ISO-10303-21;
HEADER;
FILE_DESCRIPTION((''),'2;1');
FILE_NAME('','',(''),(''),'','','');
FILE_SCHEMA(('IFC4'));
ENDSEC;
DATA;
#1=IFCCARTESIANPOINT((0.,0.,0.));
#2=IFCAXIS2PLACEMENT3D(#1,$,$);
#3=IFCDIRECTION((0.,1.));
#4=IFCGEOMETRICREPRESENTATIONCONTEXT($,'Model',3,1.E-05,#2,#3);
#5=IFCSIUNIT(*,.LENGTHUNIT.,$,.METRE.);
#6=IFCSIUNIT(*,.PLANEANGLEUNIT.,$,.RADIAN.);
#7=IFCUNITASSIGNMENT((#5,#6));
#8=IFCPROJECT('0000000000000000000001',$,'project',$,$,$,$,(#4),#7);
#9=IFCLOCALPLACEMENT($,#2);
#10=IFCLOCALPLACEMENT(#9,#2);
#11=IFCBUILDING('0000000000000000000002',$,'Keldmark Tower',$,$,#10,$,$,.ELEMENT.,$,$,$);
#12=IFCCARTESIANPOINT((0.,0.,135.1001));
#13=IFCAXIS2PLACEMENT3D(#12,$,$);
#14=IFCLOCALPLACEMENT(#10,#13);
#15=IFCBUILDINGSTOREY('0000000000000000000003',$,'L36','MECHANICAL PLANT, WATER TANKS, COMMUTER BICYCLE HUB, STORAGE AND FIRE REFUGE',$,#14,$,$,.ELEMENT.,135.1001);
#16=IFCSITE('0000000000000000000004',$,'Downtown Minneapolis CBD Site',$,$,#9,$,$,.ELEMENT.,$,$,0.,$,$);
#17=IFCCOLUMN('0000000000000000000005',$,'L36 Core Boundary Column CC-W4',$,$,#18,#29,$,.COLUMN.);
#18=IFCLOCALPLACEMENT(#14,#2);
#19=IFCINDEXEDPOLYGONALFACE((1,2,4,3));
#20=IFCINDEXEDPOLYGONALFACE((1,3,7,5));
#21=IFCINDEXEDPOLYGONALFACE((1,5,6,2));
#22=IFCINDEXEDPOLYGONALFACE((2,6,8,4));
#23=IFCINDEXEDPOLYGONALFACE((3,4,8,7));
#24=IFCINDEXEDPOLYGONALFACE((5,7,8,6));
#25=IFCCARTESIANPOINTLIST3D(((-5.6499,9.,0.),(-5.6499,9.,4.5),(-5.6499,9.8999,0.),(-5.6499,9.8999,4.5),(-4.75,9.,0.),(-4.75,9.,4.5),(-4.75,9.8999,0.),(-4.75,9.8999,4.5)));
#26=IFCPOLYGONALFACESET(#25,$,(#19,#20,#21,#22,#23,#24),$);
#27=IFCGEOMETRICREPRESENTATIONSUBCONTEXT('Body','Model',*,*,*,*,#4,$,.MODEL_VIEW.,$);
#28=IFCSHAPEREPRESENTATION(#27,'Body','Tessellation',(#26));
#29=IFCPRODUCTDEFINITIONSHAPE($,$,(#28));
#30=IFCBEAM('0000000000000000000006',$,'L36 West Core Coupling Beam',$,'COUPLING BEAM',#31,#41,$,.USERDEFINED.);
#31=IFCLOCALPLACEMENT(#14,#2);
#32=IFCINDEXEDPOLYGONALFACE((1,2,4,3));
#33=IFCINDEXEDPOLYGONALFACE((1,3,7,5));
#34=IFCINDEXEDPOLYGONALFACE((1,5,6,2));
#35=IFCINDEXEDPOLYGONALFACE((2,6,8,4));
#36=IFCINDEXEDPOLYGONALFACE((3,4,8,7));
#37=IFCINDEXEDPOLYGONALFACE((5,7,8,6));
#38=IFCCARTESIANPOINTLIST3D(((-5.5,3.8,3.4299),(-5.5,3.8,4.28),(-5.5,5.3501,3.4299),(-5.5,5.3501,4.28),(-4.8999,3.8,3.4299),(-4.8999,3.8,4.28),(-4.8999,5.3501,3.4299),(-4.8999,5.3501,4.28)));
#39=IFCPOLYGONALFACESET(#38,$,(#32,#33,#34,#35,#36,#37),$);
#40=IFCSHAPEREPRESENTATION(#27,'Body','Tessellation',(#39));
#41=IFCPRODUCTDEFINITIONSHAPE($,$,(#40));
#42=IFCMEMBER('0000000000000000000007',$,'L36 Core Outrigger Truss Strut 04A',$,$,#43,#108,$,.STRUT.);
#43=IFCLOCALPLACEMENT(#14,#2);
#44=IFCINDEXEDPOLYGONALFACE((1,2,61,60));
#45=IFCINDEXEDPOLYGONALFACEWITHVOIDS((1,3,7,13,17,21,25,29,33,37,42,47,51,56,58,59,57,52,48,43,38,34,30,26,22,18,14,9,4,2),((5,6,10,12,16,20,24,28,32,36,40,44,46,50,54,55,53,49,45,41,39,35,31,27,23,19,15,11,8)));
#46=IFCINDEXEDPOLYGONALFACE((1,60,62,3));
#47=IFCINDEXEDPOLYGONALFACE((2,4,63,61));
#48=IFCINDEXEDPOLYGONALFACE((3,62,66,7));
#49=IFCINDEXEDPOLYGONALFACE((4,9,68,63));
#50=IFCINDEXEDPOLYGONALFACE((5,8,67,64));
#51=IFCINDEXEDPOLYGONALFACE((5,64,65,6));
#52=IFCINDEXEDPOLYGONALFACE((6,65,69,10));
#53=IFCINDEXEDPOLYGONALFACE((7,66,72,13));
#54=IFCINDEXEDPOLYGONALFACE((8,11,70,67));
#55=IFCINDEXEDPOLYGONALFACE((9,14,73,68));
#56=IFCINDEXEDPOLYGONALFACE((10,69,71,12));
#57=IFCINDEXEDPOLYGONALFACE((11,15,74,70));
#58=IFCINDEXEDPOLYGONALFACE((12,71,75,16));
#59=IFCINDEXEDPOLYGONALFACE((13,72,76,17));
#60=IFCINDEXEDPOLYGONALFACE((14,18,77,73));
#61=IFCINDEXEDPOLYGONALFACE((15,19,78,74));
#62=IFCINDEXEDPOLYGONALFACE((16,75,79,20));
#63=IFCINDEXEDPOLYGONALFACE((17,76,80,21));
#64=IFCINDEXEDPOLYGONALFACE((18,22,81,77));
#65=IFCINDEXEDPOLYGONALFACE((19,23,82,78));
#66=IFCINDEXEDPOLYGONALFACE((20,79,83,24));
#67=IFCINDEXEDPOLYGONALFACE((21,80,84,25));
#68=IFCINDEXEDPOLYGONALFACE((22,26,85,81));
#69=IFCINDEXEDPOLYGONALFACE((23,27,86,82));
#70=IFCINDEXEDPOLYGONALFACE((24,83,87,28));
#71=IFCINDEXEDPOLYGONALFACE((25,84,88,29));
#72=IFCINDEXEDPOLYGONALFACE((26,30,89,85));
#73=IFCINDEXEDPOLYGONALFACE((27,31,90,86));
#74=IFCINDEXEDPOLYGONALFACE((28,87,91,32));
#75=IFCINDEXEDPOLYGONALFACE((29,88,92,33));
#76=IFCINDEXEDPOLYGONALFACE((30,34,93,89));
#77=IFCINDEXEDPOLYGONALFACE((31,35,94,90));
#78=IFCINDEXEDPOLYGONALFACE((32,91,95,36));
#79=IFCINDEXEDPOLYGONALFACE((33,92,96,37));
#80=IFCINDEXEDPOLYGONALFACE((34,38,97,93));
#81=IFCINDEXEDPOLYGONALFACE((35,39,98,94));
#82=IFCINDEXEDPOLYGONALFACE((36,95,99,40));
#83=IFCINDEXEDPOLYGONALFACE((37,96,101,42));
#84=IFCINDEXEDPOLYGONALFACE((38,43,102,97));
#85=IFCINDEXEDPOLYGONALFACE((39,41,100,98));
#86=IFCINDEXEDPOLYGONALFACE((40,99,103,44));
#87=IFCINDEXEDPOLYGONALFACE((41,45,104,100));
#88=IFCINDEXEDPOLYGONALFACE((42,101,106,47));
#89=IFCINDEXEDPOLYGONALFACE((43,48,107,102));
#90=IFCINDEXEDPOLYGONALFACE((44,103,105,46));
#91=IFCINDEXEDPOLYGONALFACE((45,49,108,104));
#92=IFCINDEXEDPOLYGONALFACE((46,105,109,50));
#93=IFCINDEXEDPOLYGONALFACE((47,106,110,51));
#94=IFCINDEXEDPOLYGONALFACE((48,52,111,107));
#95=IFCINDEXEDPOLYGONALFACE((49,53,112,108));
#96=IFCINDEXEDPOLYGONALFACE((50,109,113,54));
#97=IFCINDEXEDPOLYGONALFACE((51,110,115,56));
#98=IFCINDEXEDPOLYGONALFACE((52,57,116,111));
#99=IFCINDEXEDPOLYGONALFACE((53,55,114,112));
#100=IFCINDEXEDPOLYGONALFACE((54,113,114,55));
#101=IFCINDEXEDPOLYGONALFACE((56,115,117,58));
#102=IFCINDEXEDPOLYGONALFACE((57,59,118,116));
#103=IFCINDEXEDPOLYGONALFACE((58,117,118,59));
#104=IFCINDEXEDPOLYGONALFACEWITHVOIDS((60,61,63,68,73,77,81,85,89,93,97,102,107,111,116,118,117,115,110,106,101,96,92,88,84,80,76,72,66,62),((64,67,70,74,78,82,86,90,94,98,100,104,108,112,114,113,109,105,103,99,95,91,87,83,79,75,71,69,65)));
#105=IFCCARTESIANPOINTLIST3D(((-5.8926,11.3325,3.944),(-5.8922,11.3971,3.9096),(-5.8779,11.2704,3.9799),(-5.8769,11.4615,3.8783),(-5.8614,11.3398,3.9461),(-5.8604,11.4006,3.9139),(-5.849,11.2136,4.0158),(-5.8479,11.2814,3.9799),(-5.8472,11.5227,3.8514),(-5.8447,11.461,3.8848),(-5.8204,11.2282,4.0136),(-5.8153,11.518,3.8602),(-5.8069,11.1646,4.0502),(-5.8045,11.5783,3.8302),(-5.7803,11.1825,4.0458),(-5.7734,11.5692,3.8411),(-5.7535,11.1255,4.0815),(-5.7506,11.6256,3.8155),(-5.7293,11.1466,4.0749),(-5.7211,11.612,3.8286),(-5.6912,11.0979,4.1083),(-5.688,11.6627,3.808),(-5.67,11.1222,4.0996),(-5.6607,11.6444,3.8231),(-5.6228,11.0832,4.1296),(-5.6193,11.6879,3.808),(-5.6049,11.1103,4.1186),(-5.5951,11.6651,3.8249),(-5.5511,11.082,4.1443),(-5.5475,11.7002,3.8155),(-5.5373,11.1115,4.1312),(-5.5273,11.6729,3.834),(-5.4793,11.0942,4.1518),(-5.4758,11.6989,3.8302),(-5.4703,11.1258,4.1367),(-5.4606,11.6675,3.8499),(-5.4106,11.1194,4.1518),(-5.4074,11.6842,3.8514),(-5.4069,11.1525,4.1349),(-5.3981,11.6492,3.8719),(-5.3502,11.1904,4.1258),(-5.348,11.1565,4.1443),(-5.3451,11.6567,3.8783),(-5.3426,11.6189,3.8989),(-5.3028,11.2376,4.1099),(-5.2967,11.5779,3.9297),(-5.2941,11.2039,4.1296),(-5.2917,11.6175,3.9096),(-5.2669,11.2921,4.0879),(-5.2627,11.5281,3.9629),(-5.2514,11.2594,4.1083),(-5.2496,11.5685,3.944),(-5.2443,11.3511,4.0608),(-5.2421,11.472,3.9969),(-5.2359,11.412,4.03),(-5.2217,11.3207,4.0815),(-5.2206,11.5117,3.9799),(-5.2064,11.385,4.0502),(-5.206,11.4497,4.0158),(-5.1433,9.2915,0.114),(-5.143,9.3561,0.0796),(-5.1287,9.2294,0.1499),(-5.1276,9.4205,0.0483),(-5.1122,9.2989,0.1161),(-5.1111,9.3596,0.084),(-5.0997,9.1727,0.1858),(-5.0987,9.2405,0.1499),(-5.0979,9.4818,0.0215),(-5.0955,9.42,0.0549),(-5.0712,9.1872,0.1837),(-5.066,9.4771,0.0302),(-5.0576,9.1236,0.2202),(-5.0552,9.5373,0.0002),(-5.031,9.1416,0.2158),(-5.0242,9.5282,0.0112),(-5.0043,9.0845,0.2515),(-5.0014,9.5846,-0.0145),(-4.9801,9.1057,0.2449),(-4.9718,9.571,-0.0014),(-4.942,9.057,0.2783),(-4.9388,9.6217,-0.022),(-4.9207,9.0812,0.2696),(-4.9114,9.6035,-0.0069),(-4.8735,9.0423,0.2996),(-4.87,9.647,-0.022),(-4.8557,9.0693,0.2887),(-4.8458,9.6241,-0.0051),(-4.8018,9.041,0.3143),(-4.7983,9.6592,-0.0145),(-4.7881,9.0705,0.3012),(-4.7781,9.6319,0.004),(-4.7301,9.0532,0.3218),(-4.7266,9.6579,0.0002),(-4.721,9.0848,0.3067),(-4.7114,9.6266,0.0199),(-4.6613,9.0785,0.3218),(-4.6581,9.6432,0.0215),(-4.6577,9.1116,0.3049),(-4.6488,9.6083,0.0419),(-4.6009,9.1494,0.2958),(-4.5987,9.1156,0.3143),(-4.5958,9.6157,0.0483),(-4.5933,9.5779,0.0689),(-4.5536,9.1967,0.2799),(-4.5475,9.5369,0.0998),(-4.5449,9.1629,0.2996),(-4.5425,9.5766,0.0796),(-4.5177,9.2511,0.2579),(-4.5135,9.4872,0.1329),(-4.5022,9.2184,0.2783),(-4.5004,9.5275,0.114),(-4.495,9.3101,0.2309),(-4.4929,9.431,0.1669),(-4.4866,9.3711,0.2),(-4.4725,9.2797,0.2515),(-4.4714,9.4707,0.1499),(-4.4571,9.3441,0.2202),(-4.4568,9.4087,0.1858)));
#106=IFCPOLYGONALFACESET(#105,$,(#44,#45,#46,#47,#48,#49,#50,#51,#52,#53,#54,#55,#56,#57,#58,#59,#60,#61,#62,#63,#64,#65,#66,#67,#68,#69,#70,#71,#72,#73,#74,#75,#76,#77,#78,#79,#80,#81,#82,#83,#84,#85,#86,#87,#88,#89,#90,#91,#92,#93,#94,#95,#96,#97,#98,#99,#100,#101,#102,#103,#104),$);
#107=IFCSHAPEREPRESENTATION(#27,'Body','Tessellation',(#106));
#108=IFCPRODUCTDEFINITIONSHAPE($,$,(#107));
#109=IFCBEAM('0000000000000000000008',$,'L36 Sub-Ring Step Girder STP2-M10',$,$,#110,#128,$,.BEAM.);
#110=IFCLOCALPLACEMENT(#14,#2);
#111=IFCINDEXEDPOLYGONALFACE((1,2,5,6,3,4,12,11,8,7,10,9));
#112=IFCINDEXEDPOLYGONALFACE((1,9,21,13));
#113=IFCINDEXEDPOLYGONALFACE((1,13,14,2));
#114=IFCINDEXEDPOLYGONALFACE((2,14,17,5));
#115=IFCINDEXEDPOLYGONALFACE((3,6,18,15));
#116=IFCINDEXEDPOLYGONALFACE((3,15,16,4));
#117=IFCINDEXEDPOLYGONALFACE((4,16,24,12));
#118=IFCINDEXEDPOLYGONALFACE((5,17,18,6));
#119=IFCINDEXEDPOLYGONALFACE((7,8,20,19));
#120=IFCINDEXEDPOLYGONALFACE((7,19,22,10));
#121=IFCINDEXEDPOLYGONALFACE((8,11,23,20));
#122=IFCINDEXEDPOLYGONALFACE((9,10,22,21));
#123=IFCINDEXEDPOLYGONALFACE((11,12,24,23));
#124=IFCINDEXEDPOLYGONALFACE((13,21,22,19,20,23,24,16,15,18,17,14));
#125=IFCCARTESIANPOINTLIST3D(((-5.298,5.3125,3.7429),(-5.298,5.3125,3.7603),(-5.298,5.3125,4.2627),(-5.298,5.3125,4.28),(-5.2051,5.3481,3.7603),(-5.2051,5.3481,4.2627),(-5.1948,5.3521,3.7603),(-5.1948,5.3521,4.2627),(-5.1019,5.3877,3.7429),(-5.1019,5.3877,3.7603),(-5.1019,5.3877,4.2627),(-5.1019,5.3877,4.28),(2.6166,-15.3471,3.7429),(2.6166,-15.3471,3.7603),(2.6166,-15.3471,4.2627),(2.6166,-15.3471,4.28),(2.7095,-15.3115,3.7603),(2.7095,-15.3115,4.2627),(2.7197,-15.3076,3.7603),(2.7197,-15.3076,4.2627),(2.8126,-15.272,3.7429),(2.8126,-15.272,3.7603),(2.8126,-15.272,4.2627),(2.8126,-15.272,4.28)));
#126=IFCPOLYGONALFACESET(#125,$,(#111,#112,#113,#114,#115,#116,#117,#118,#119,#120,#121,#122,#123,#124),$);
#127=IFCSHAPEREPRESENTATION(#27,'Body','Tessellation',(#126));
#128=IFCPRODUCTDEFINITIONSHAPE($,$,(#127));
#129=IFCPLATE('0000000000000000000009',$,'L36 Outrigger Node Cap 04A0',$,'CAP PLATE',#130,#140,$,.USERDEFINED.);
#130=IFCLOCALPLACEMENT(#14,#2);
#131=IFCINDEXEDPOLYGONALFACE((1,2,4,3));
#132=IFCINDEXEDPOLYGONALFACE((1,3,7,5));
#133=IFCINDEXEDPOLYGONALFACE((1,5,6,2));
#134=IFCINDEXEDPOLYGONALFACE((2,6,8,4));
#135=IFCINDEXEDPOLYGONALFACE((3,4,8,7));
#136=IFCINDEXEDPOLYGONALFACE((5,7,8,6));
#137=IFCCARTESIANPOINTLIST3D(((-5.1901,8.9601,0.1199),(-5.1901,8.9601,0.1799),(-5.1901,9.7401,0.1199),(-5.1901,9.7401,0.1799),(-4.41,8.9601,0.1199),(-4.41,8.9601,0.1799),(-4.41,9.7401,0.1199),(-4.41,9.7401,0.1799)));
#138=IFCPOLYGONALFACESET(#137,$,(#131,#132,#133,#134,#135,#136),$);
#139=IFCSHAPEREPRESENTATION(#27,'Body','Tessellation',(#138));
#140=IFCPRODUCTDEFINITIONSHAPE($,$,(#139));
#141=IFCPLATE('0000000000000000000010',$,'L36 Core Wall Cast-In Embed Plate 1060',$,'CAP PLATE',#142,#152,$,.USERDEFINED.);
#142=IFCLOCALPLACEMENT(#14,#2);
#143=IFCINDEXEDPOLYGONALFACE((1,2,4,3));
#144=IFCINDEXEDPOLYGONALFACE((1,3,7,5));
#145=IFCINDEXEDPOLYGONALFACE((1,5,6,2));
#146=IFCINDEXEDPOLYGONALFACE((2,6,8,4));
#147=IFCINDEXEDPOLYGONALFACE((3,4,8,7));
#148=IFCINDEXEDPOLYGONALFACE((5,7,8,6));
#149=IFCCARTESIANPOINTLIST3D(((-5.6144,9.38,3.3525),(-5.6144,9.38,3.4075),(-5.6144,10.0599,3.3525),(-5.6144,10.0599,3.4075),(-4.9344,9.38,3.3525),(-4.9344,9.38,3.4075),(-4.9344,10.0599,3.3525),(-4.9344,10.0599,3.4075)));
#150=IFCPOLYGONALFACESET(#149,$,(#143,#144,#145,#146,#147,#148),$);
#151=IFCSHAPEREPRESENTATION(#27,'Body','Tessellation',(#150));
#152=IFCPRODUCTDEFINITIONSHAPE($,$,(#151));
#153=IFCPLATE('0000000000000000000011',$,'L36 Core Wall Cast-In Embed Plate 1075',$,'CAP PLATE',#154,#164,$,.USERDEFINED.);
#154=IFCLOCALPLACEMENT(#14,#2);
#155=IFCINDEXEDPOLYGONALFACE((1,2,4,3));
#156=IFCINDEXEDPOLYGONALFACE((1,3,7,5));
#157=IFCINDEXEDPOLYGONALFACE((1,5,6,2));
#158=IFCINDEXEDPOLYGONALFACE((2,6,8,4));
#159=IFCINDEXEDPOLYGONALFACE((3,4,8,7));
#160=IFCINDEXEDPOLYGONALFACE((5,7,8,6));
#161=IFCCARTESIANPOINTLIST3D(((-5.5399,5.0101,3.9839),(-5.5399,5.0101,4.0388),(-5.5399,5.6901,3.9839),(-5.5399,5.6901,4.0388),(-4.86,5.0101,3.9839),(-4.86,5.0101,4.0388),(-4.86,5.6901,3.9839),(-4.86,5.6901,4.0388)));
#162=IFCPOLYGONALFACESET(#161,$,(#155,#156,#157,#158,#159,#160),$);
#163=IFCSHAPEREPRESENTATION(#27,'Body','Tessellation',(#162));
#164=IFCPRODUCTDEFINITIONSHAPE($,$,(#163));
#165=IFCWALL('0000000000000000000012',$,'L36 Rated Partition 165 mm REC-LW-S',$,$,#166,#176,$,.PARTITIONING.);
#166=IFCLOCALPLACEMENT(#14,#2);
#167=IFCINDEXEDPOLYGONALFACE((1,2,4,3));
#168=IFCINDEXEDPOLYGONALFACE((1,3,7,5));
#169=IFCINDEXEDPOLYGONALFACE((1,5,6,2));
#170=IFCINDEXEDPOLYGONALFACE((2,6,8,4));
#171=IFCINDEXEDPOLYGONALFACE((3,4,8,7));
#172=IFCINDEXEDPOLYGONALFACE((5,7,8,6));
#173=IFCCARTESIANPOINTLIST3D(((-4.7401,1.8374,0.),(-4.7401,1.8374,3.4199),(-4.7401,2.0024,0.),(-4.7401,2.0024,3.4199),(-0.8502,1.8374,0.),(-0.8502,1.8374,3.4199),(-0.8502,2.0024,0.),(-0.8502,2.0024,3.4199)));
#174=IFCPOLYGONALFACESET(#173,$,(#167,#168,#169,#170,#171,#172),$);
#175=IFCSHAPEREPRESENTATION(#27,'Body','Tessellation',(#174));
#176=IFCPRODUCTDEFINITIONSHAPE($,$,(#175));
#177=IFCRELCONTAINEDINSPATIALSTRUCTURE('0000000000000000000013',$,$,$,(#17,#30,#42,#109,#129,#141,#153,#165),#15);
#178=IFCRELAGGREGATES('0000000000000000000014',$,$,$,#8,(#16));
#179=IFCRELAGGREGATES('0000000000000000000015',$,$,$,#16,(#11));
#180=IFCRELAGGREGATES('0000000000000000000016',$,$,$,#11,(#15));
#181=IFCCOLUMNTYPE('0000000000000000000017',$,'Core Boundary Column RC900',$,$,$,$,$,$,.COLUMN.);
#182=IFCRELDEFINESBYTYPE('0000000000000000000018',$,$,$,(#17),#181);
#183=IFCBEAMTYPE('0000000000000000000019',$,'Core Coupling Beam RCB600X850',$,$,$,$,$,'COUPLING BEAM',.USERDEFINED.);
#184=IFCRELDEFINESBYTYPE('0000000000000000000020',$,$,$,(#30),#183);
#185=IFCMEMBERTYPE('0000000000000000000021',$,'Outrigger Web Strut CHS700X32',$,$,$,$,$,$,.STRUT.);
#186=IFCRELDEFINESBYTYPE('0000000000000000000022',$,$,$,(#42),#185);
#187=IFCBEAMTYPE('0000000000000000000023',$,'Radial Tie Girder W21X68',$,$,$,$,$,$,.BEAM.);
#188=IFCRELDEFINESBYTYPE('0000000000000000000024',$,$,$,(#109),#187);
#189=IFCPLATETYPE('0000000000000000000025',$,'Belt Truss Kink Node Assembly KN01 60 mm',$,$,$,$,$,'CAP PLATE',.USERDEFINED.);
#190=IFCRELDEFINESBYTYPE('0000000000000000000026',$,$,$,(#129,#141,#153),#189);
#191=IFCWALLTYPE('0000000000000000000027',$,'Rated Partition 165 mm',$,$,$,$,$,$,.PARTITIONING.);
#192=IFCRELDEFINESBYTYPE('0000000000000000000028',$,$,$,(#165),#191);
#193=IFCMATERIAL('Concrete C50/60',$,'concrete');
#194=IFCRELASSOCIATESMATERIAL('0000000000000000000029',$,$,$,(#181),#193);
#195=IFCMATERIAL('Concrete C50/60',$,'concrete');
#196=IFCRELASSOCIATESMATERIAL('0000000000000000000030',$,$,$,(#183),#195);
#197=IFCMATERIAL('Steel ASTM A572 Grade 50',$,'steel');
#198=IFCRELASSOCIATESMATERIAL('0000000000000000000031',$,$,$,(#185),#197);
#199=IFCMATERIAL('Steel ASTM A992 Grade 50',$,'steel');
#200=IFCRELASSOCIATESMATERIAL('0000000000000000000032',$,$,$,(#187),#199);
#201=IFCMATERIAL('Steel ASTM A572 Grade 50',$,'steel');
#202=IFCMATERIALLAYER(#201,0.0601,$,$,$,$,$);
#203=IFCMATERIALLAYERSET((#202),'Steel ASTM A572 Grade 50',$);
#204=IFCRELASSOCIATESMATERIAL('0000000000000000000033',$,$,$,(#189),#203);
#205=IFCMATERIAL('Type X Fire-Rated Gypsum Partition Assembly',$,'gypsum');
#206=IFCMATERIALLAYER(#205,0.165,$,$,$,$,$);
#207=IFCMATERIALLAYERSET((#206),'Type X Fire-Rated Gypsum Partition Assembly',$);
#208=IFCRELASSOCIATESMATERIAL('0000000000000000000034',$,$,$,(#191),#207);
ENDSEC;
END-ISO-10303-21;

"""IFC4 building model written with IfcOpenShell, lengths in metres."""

from ifc_helpers import new_model, si_unit, direction, frame, frame_2d, origin, origin_2d, place, context, subcontext, project, spatial, rectangle, hollow_circle, i_section, extrude, material, layer, layer_set, material_profile, profile_set, type_object, element, save


model = new_model("IFC4")

# Units and contexts
model_context = context("Model", 3, precision=1e-05, world=origin(), true_north=direction((0.0, 1.0)))
body_context = subcontext(model_context, "Body", "Model", "MODEL_VIEW")
ifc_project = project(units=[si_unit("LENGTHUNIT", "METRE"), si_unit("PLANEANGLEUNIT", "RADIAN")], contexts=[model_context])

# Site, building, storey
site_placement = place(None, origin())
site = spatial("IfcSite", under=ifc_project, at=site_placement, Name="Downtown Minneapolis CBD Site", CompositionType="ELEMENT", RefElevation=0.0)
building_placement = place(site_placement, origin())
building = spatial("IfcBuilding", under=site, at=building_placement, Name="Keldmark Tower", CompositionType="ELEMENT")
storey_placement = place(building_placement, frame((0.0, 0.0, 135.1001)))
storey = spatial("IfcBuildingStorey", under=building, at=storey_placement, Name="L36", Description="MECHANICAL PLANT, WATER TANKS, COMMUTER BICYCLE HUB, STORAGE AND FIRE REFUGE", CompositionType="ELEMENT", Elevation=135.1001)

# Column
ifc_material_1 = material(Name="Concrete C50/60", Category="concrete")
ifc_material_profile_1 = material_profile(ifc_material_1, rectangle(XDim=0.8999, YDim=0.8999, at=origin_2d()), Name="RC900X900")
ifc_profile_set_1 = profile_set([ifc_material_profile_1], Name="Concrete C50/60")
column_type = type_object("IfcColumnType", Name="Core Boundary Column RC900", PredefinedType="COLUMN", material=ifc_profile_set_1)
column_placement = place(storey_placement, frame((-5.2, 9.45, 0.0), z_axis=(0.0, 0.0, 1.0), x_axis=(1.0, 0.0, 0.0)))
element("IfcColumn", 1, at=column_placement, inside=storey, type_object=column_type, Name="L36 Core Boundary Column CC-W4", PredefinedType="COLUMN", context=body_context, shape_type="SweptSolid", body=[
    extrude(rectangle(XDim=0.8999, YDim=0.8999, at=origin_2d()), origin(), (0.0, 0.0, 1.0), 4.5),
])

# Beam
ifc_material_2 = material(Name="Concrete C50/60", Category="concrete")
ifc_material_profile_2 = material_profile(ifc_material_2, rectangle(XDim=0.6001, YDim=0.8501, at=origin_2d()), Name="RCB600X850")
ifc_profile_set_2 = profile_set([ifc_material_profile_2], Name="Concrete C50/60")
beam_type_1 = type_object("IfcBeamType", Name="Core Coupling Beam RCB600X850", ElementType="COUPLING BEAM", PredefinedType="USERDEFINED", material=ifc_profile_set_2)
beam_1_placement = place(storey_placement, frame((-5.2, 3.8, 3.855), z_axis=(0.0, 1.0, 0.0), x_axis=(-1.0, 0.0, 0.0)))
element("IfcBeam", 2, at=beam_1_placement, inside=storey, type_object=beam_type_1, Name="L36 West Core Coupling Beam", ObjectType="COUPLING BEAM", PredefinedType="USERDEFINED", context=body_context, shape_type="SweptSolid", body=[
    extrude(rectangle(XDim=0.6001, YDim=0.8501, at=origin_2d()), origin(), (0.0, 0.0, 1.0), 1.55),
])

# Member
ifc_material_3 = material(Name="Steel ASTM A572 Grade 50", Category="steel")
ifc_material_profile_3 = material_profile(ifc_material_3, hollow_circle(Radius=0.3501, WallThickness=0.032, at=origin_2d()), Name="CHS700X32")
ifc_profile_set_3 = profile_set([ifc_material_profile_3], Name="Steel ASTM A572 Grade 50")
member_type = type_object("IfcMemberType", Name="Outrigger Web Strut CHS700X32", PredefinedType="STRUT", material=ifc_profile_set_3)
member_placement = place(storey_placement, frame((-4.8, 9.3501, 0.1499), z_axis=(-0.170127, 0.463429, 0.86965), x_axis=(-0.938743, -0.344618, 0.0)))
element("IfcMember", 3, at=member_placement, inside=storey, type_object=member_type, Name="L36 Core Outrigger Truss Strut 04A", PredefinedType="STRUT", context=body_context, shape_type="SweptSolid", body=[
    extrude(hollow_circle(Radius=0.3501, WallThickness=0.032, at=origin_2d()), origin(), (0.0, 0.0, 1.0), 4.4041),
])

# Beam
ifc_material_4 = material(Name="Steel ASTM A992 Grade 50", Category="steel")
ifc_material_profile_4 = material_profile(ifc_material_4, i_section(OverallWidth=0.21, OverallDepth=0.5371, WebThickness=0.011, FlangeThickness=0.0173, at=origin_2d()), Name="W21X68")
ifc_profile_set_4 = profile_set([ifc_material_profile_4], Name="Steel ASTM A992 Grade 50")
beam_type_2 = type_object("IfcBeamType", Name="Radial Tie Girder W21X68", PredefinedType="BEAM", material=ifc_profile_set_4)
beam_2_placement = place(storey_placement, frame((-5.2, 5.3501, 4.0115), z_axis=(0.357739, -0.933821, 0.0), x_axis=(0.933821, 0.357739, 0.0)))
element("IfcBeam", 4, at=beam_2_placement, inside=storey, type_object=beam_type_2, Name="L36 Sub-Ring Step Girder STP2-M10", PredefinedType="BEAM", context=body_context, shape_type="SweptSolid", body=[
    extrude(i_section(OverallWidth=0.21, OverallDepth=0.5371, WebThickness=0.011, FlangeThickness=0.0173, at=origin_2d()), origin(), (0.0, 0.0, 1.0), 22.1238),
])

# Plates
ifc_material_5 = material(Name="Steel ASTM A572 Grade 50", Category="steel")
ifc_layer_1 = layer(ifc_material_5, 0.0601)
ifc_layer_set_1 = layer_set([ifc_layer_1], Name="Steel ASTM A572 Grade 50")
plate_type = type_object("IfcPlateType", Name="Belt Truss Kink Node Assembly KN01 60 mm", ElementType="CAP PLATE", PredefinedType="USERDEFINED", material=ifc_layer_set_1)
plate_placement = place(storey_placement, frame((-4.8, 9.3501, 0.1199), z_axis=(0.0, 0.0, 1.0), x_axis=(1.0, 0.0, 0.0)))
element("IfcPlate", 5, at=plate_placement, inside=storey, type_object=plate_type, Name="L36 Outrigger Node Cap 04A0", ObjectType="CAP PLATE", PredefinedType="USERDEFINED", context=body_context, shape_type="SweptSolid", body=[
    extrude(rectangle(XDim=0.78, YDim=0.78, at=origin_2d()), origin(), (0.0, 0.0, 1.0), 0.0601),
])
for number, where, z_axis, x_axis, name in (
    (6, (-5.2744, 9.72, 3.3525), (0.0, 0.0, 1.0), (1.0, 0.0, 0.0), "L36 Core Wall Cast-In Embed Plate 1060"),
    (7, (-5.2, 5.3501, 3.9839), (0.0, 0.0, 1.0), (1.0, 0.0, 0.0), "L36 Core Wall Cast-In Embed Plate 1075"),
):
    element("IfcPlate", number, at=place(storey_placement, frame(where, z_axis=z_axis, x_axis=x_axis)), inside=storey, type_object=plate_type, Name=name, ObjectType="CAP PLATE", PredefinedType="USERDEFINED", context=body_context, shape_type="SweptSolid", body=[
        extrude(rectangle(XDim=0.6799, YDim=0.6799, at=origin_2d()), origin(), (0.0, 0.0, 1.0), 0.0549),
    ])

# Wall
ifc_material_6 = material(Name="Type X Fire-Rated Gypsum Partition Assembly", Category="gypsum")
ifc_layer_2 = layer(ifc_material_6, 0.165)
ifc_layer_set_2 = layer_set([ifc_layer_2], Name="Type X Fire-Rated Gypsum Partition Assembly")
wall_type_1 = type_object("IfcWallType", Name="Rated Partition 165 mm", PredefinedType="PARTITIONING", material=ifc_layer_set_2)
wall_1_placement = place(storey_placement, frame((-4.74, 1.9199, 0.0), z_axis=(0.0, 0.0, 1.0), x_axis=(1.0, 0.0, 0.0)))
element("IfcWall", 8, at=wall_1_placement, inside=storey, type_object=wall_type_1, Name="L36 Rated Partition 165 mm REC-LW-S", PredefinedType="PARTITIONING", context=body_context, shape_type="SweptSolid", body=[
    extrude(rectangle(XDim=3.8899, YDim=0.165, at=frame_2d((1.9448, 0.0))), origin(), (0.0, 0.0, 1.0), 3.4199),
])

save(model, "model.ifc")
